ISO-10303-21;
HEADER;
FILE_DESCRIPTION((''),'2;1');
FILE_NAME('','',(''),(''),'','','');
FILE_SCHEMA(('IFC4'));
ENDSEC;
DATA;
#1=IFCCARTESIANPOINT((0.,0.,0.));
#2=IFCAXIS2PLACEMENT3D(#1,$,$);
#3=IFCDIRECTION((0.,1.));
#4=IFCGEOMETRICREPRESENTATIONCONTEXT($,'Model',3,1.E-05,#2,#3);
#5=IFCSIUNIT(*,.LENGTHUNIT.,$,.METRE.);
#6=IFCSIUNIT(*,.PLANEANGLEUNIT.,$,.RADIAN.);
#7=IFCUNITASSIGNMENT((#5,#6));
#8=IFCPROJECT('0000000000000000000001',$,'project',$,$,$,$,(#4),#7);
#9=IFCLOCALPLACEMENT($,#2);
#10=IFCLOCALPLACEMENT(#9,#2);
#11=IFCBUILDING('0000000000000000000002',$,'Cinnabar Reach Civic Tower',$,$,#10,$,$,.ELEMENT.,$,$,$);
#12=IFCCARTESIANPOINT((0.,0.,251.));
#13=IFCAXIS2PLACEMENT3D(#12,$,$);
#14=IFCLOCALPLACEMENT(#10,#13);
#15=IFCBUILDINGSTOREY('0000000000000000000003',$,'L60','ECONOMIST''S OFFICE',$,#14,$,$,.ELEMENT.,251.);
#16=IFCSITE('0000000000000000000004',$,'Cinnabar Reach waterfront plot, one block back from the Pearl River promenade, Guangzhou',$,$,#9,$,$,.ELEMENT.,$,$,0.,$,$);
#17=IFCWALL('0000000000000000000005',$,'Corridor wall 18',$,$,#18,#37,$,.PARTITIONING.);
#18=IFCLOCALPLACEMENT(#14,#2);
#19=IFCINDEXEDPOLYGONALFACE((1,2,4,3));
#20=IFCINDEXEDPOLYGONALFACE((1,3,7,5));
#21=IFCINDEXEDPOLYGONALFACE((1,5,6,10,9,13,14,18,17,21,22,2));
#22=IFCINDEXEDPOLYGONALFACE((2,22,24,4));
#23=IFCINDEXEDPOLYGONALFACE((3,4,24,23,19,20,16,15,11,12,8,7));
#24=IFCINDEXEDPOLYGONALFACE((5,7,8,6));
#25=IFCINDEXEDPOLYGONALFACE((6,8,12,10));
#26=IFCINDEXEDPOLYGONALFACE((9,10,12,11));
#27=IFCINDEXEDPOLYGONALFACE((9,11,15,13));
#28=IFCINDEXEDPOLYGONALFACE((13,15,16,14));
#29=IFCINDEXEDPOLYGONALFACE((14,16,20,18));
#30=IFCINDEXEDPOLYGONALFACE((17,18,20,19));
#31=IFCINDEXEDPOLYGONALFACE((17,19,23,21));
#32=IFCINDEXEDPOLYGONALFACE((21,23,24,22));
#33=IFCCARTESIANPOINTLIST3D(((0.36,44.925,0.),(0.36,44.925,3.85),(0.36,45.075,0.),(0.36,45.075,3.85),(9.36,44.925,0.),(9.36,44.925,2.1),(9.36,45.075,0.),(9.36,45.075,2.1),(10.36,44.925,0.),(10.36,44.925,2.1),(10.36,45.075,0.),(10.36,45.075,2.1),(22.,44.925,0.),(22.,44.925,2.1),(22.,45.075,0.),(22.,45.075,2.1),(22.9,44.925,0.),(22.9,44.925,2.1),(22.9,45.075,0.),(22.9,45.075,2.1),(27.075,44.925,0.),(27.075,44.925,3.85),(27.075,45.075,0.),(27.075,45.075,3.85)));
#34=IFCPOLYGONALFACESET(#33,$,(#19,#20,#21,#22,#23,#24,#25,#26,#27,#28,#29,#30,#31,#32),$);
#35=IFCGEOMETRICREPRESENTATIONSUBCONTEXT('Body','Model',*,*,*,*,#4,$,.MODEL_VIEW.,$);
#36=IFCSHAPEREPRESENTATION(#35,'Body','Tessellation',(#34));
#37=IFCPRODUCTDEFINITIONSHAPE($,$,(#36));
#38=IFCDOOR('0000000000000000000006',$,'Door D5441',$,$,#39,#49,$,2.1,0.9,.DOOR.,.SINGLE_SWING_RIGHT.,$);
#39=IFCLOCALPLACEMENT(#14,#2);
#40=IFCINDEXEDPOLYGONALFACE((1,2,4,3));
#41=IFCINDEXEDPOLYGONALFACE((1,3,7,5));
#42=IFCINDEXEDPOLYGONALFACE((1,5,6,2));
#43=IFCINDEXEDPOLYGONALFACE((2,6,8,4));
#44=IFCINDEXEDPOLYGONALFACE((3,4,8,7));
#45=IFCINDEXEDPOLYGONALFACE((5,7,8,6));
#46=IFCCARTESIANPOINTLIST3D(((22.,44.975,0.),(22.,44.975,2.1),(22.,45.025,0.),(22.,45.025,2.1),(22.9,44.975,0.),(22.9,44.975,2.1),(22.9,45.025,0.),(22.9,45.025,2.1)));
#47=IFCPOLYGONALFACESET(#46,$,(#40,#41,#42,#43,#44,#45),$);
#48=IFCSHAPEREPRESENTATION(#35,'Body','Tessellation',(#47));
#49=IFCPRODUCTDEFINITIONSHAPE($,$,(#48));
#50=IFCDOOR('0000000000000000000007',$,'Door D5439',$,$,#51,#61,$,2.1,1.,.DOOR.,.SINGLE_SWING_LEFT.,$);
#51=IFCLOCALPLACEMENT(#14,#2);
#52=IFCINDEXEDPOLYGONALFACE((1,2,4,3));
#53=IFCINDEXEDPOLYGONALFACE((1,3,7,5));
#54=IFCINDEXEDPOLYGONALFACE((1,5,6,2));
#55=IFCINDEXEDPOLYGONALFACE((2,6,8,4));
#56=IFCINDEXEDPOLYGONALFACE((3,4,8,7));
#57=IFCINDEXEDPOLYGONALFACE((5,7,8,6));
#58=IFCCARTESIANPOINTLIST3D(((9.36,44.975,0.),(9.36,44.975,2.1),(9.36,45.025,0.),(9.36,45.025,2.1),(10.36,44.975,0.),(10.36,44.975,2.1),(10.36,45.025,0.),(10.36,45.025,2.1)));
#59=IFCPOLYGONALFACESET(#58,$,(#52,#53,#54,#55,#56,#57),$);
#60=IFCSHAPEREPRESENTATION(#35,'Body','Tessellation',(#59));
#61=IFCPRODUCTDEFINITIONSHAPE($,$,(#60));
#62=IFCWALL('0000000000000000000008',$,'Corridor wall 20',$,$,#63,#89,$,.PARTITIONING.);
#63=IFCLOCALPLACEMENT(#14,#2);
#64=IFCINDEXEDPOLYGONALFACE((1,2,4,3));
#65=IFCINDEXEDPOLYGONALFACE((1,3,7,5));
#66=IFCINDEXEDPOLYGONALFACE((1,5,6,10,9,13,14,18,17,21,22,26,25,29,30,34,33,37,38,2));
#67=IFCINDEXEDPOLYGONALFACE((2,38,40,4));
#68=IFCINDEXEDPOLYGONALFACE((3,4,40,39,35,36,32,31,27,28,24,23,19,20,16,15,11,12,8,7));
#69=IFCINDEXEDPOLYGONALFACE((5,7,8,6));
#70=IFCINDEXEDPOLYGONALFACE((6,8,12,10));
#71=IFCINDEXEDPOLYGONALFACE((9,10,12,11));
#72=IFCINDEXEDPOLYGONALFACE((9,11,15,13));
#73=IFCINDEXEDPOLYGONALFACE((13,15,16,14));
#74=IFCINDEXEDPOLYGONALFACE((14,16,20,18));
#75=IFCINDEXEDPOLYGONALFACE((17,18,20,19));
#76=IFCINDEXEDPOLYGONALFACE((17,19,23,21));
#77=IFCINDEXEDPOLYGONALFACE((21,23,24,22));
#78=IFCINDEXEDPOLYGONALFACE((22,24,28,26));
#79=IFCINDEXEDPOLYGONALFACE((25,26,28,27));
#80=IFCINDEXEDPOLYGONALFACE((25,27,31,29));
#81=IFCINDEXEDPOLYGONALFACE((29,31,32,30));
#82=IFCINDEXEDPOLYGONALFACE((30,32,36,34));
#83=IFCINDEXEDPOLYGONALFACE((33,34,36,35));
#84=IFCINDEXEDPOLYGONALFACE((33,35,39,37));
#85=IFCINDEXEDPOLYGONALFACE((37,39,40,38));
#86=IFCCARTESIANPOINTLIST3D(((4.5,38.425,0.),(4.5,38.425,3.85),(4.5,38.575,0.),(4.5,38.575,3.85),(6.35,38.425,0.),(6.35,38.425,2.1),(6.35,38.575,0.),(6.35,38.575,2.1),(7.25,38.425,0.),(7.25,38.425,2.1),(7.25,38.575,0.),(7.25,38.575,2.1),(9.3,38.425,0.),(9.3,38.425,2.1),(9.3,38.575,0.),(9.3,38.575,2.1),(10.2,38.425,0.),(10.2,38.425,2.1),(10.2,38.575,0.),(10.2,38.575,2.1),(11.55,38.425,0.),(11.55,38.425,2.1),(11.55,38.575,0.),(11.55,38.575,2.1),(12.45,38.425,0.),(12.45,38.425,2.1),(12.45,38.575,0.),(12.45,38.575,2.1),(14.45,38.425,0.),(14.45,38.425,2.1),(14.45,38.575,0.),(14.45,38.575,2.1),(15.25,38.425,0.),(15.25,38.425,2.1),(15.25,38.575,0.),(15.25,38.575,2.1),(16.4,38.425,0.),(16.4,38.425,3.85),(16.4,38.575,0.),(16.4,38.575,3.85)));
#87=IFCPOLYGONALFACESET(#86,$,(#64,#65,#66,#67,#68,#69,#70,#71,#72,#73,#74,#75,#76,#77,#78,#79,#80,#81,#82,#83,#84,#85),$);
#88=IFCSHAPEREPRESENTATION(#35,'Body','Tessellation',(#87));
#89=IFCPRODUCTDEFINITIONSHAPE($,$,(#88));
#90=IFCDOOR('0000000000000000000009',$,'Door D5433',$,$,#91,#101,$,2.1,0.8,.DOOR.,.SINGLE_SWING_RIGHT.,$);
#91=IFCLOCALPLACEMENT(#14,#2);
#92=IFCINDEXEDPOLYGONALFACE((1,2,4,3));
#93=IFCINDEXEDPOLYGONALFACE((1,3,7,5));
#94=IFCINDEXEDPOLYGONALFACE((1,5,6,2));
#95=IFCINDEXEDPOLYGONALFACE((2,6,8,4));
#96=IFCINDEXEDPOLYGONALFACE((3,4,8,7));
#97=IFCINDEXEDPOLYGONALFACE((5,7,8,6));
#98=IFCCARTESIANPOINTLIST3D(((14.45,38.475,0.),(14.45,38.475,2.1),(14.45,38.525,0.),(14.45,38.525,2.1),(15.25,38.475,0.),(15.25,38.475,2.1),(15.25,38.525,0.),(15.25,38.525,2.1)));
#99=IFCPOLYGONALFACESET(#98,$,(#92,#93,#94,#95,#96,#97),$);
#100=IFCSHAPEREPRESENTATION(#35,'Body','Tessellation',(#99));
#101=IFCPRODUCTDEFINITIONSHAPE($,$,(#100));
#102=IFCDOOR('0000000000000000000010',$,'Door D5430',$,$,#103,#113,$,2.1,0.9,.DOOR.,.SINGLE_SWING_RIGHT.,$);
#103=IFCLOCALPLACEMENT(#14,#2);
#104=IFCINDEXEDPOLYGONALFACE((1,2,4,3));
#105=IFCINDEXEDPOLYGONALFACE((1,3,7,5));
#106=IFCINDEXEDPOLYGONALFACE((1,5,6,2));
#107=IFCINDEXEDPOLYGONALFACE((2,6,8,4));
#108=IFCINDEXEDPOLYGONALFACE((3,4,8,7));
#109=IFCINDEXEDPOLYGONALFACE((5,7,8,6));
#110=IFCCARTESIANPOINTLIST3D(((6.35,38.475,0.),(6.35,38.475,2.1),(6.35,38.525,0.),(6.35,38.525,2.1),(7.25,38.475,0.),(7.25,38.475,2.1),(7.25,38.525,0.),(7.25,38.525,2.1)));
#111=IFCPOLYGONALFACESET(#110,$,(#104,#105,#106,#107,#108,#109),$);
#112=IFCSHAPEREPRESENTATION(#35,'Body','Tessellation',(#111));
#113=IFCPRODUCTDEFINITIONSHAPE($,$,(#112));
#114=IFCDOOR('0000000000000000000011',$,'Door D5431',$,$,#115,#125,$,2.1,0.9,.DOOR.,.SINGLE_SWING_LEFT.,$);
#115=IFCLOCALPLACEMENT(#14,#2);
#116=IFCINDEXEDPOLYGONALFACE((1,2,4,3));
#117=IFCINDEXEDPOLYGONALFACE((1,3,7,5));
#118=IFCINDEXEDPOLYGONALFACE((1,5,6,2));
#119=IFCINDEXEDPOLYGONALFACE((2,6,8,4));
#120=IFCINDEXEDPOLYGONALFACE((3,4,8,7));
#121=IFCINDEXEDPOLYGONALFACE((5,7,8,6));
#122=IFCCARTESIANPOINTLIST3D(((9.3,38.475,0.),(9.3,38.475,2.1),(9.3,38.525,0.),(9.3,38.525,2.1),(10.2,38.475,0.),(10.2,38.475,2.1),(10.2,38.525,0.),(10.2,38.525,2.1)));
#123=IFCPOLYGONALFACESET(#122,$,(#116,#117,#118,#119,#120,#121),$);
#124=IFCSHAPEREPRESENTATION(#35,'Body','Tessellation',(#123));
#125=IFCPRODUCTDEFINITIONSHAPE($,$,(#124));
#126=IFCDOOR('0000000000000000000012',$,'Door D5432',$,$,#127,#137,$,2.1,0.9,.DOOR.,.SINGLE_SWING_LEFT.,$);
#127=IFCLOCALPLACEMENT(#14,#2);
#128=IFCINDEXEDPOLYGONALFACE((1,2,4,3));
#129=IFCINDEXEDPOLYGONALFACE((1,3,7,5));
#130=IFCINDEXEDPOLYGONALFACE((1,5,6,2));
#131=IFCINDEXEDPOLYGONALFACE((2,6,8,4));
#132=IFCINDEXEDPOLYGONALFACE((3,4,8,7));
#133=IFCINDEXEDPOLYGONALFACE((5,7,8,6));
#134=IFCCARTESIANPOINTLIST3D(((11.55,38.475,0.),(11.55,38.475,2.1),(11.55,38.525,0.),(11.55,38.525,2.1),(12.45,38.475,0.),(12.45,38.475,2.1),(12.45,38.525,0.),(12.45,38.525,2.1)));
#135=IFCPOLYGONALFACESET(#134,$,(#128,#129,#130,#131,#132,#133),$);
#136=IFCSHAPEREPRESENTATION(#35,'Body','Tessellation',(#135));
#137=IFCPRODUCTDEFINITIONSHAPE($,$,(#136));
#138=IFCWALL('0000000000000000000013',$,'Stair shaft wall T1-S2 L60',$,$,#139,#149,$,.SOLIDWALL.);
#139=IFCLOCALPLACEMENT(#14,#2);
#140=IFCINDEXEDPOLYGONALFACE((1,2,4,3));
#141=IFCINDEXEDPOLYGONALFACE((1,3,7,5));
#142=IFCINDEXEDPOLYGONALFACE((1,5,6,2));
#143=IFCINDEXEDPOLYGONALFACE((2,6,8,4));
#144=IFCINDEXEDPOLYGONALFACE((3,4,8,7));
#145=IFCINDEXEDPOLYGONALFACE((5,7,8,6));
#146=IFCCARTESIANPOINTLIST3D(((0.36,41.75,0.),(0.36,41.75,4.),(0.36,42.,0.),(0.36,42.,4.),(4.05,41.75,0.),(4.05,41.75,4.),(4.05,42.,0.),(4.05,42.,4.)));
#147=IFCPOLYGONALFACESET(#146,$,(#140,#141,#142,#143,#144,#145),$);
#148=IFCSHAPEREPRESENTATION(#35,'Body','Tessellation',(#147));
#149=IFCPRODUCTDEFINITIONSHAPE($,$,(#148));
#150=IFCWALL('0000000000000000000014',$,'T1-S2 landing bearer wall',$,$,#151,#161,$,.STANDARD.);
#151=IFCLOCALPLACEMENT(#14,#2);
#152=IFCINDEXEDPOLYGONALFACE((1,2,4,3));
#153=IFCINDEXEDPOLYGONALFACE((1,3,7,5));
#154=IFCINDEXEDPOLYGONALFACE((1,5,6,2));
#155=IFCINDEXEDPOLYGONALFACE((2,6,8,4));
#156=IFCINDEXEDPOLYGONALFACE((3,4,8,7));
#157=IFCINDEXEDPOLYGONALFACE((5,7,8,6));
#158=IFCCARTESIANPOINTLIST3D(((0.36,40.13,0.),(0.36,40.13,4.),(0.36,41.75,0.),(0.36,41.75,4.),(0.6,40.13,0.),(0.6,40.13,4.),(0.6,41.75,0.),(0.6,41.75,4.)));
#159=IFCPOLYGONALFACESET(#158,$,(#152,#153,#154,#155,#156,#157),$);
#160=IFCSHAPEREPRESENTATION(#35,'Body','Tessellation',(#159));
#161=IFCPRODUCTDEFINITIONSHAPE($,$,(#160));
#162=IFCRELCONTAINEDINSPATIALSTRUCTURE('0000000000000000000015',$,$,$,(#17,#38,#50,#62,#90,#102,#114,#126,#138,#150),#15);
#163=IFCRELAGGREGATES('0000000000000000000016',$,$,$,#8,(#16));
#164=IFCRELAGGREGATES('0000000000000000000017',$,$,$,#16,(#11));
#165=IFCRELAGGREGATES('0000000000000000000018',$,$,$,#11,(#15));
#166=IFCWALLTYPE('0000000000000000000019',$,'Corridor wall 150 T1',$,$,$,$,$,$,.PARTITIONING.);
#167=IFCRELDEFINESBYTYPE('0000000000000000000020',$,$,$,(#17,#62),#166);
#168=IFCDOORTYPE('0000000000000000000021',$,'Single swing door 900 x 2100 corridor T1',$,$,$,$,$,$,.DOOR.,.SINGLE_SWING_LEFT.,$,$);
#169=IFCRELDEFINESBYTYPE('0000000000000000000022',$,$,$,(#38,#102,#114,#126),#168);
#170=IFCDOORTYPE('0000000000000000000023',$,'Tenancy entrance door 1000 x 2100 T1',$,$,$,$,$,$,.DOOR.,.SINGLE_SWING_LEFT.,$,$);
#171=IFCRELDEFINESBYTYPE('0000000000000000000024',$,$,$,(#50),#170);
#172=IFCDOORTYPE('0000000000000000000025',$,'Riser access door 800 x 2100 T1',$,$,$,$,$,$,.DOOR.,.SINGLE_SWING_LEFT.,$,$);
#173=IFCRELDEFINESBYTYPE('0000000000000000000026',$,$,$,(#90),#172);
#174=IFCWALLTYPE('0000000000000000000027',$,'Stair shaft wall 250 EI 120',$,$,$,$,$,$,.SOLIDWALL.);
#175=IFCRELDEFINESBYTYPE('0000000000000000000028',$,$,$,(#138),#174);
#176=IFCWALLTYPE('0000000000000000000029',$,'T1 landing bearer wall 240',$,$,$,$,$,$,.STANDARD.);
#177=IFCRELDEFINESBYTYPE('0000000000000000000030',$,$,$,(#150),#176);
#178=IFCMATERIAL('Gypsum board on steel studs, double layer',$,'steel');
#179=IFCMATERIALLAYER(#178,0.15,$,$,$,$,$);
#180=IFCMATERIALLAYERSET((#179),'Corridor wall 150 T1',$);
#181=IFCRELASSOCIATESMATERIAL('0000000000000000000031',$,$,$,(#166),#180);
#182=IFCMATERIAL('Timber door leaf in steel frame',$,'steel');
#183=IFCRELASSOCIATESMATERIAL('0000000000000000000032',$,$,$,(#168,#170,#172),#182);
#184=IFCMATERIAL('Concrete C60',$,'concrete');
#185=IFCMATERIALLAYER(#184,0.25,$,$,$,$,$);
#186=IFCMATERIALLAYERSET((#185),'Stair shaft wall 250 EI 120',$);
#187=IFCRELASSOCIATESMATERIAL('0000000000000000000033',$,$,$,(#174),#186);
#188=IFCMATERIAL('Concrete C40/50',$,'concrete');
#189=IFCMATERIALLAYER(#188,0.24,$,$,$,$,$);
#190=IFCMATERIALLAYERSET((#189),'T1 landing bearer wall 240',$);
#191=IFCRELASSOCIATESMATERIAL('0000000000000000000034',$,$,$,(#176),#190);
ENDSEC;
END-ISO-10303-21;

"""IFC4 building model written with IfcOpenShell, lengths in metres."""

from ifc_helpers import new_model, si_unit, direction, frame, frame_2d, origin, place, context, subcontext, project, spatial, rectangle, extrude, material, layer, layer_set, type_object, element, fill, save


model = new_model("IFC4")

# Units and contexts
model_context = context("Model", 3, precision=1e-05, world=origin(), true_north=direction((0.0, 1.0)))
body_context = subcontext(model_context, "Body", "Model", "MODEL_VIEW")
ifc_project = project(units=[si_unit("LENGTHUNIT", "METRE"), si_unit("PLANEANGLEUNIT", "RADIAN")], contexts=[model_context])

# Site, building, storey
site_placement = place(None, origin())
site = spatial("IfcSite", under=ifc_project, at=site_placement, Name="Cinnabar Reach waterfront plot, one block back from the Pearl River promenade, Guangzhou", CompositionType="ELEMENT", RefElevation=0.0)
building_placement = place(site_placement, origin())
building = spatial("IfcBuilding", under=site, at=building_placement, Name="Cinnabar Reach Civic Tower", CompositionType="ELEMENT")
storey_placement = place(building_placement, frame((0.0, 0.0, 251.0)))
storey = spatial("IfcBuildingStorey", under=building, at=storey_placement, Name="L60", Description="ECONOMIST'S OFFICE", CompositionType="ELEMENT", Elevation=251.0)

# Shared definitions
ifc_material_1 = material(Name="Concrete C60", Category="concrete")
ifc_material_2 = material(Name="Timber door leaf in steel frame", Category="steel")

# Walls, openings, doors
ifc_material_3 = material(Name="Gypsum board on steel studs, double layer", Category="steel")
ifc_layer_1 = layer(ifc_material_3, 0.15)
ifc_layer_set_1 = layer_set([ifc_layer_1], Name="Corridor wall 150 T1")
wall_type_1 = type_object("IfcWallType", Name="Corridor wall 150 T1", PredefinedType="PARTITIONING", material=ifc_layer_set_1)
wall_1_placement = place(storey_placement, frame((0.36, 45.0, 0.0), z_axis=(0.0, 0.0, 1.0), x_axis=(1.0, 0.0, 0.0)))
wall_1 = element("IfcWall", 1, at=wall_1_placement, inside=storey, type_object=wall_type_1, Name="Corridor wall 18", PredefinedType="PARTITIONING", context=body_context, shape_type="SweptSolid", body=[
    extrude(rectangle(XDim=26.715, YDim=0.15, at=frame_2d((13.3575, 0.0))), origin(), (0.0, 0.0, 1.0), 3.85),
])
opening_1_placement = place(wall_1_placement, frame((9.0, 0.0, 0.0)))
opening_1 = element("IfcOpeningElement", 2, at=opening_1_placement, cuts=wall_1, PredefinedType="OPENING", context=body_context, shape_type="SweptSolid", body=[
    extrude(rectangle(XDim=1.0, YDim=2.1, at=frame_2d((0.5, 1.05))), frame((0.0, 0.085, 0.0), z_axis=(0.0, -1.0, 0.0), x_axis=(1.0, 0.0, 0.0)), (0.0, 0.0, 1.0), 0.17),
])
opening_2_placement = place(wall_1_placement, frame((21.64, 0.0, 0.0)))
opening_2 = element("IfcOpeningElement", 3, at=opening_2_placement, cuts=wall_1, PredefinedType="OPENING", context=body_context, shape_type="SweptSolid", body=[
    extrude(rectangle(XDim=0.9, YDim=2.1, at=frame_2d((0.45, 1.05))), frame((0.0, 0.085, 0.0), z_axis=(0.0, -1.0, 0.0), x_axis=(1.0, 0.0, 0.0)), (0.0, 0.0, 1.0), 0.17),
])
door_type_1 = type_object("IfcDoorType", Name="Single swing door 900 x 2100 corridor T1", OperationType="SINGLE_SWING_LEFT", PredefinedType="DOOR", material=ifc_material_2)
door_1_placement = place(opening_2_placement, origin())
door_1 = element("IfcDoor", 4, at=door_1_placement, inside=storey, type_object=door_type_1, Name="Door D5441", OperationType="SINGLE_SWING_RIGHT", OverallHeight=2.1, OverallWidth=0.9, PredefinedType="DOOR", context=body_context, shape_type="SweptSolid", body=[
    extrude(rectangle(XDim=0.9, YDim=2.1, at=frame_2d((0.45, 1.05))), frame((0.0, 0.025, 0.0), z_axis=(0.0, -1.0, 0.0), x_axis=(1.0, 0.0, 0.0)), (0.0, 0.0, 1.0), 0.05),
])
fill(opening_2, door_1)
door_type_2 = type_object("IfcDoorType", Name="Tenancy entrance door 1000 x 2100 T1", OperationType="SINGLE_SWING_LEFT", PredefinedType="DOOR", material=ifc_material_2)
door_2_placement = place(opening_1_placement, origin())
door_2 = element("IfcDoor", 5, at=door_2_placement, inside=storey, type_object=door_type_2, Name="Door D5439", OperationType="SINGLE_SWING_LEFT", OverallHeight=2.1, OverallWidth=1.0, PredefinedType="DOOR", context=body_context, shape_type="SweptSolid", body=[
    extrude(rectangle(XDim=1.0, YDim=2.1, at=frame_2d((0.5, 1.05))), frame((0.0, 0.025, 0.0), z_axis=(0.0, -1.0, 0.0), x_axis=(1.0, 0.0, 0.0)), (0.0, 0.0, 1.0), 0.05),
])
fill(opening_1, door_2)
wall_2_placement = place(storey_placement, frame((4.5, 38.5, 0.0), z_axis=(0.0, 0.0, 1.0), x_axis=(1.0, 0.0, 0.0)))
wall_2 = element("IfcWall", 6, at=wall_2_placement, inside=storey, type_object=wall_type_1, Name="Corridor wall 20", PredefinedType="PARTITIONING", context=body_context, shape_type="SweptSolid", body=[
    extrude(rectangle(XDim=11.9, YDim=0.15, at=frame_2d((5.95, 0.0))), origin(), (0.0, 0.0, 1.0), 3.85),
])
opening_3_placement = place(wall_2_placement, frame((1.85, 0.0, 0.0)))
opening_3 = element("IfcOpeningElement", 7, at=opening_3_placement, cuts=wall_2, PredefinedType="OPENING", context=body_context, shape_type="SweptSolid", body=[
    extrude(rectangle(XDim=0.9, YDim=2.1, at=frame_2d((0.45, 1.05))), frame((0.0, 0.085, 0.0), z_axis=(0.0, -1.0, 0.0), x_axis=(1.0, 0.0, 0.0)), (0.0, 0.0, 1.0), 0.17),
])
opening_4_placement = place(wall_2_placement, frame((4.8, 0.0, 0.0)))
opening_4 = element("IfcOpeningElement", 8, at=opening_4_placement, cuts=wall_2, PredefinedType="OPENING", context=body_context, shape_type="SweptSolid", body=[
    extrude(rectangle(XDim=0.9, YDim=2.1, at=frame_2d((0.45, 1.05))), frame((0.0, 0.085, 0.0), z_axis=(0.0, -1.0, 0.0), x_axis=(1.0, 0.0, 0.0)), (0.0, 0.0, 1.0), 0.17),
])
opening_5_placement = place(wall_2_placement, frame((7.05, 0.0, 0.0)))
opening_5 = element("IfcOpeningElement", 9, at=opening_5_placement, cuts=wall_2, PredefinedType="OPENING", context=body_context, shape_type="SweptSolid", body=[
    extrude(rectangle(XDim=0.9, YDim=2.1, at=frame_2d((0.45, 1.05))), frame((0.0, 0.085, 0.0), z_axis=(0.0, -1.0, 0.0), x_axis=(1.0, 0.0, 0.0)), (0.0, 0.0, 1.0), 0.17),
])
opening_6_placement = place(wall_2_placement, frame((9.95, 0.0, 0.0)))
opening_6 = element("IfcOpeningElement", 10, at=opening_6_placement, cuts=wall_2, PredefinedType="OPENING", context=body_context, shape_type="SweptSolid", body=[
    extrude(rectangle(XDim=0.8, YDim=2.1, at=frame_2d((0.4, 1.05))), frame((0.0, 0.085, 0.0), z_axis=(0.0, -1.0, 0.0), x_axis=(1.0, 0.0, 0.0)), (0.0, 0.0, 1.0), 0.17),
])
door_type_3 = type_object("IfcDoorType", Name="Riser access door 800 x 2100 T1", OperationType="SINGLE_SWING_LEFT", PredefinedType="DOOR", material=ifc_material_2)
door_3_placement = place(opening_6_placement, origin())
door_3 = element("IfcDoor", 11, at=door_3_placement, inside=storey, type_object=door_type_3, Name="Door D5433", OperationType="SINGLE_SWING_RIGHT", OverallHeight=2.1, OverallWidth=0.8, PredefinedType="DOOR", context=body_context, shape_type="SweptSolid", body=[
    extrude(rectangle(XDim=0.8, YDim=2.1, at=frame_2d((0.4, 1.05))), frame((0.0, 0.025, 0.0), z_axis=(0.0, -1.0, 0.0), x_axis=(1.0, 0.0, 0.0)), (0.0, 0.0, 1.0), 0.05),
])
fill(opening_6, door_3)
door_4_placement = place(opening_3_placement, origin())
door_4 = element("IfcDoor", 12, at=door_4_placement, inside=storey, type_object=door_type_1, Name="Door D5430", OperationType="SINGLE_SWING_RIGHT", OverallHeight=2.1, OverallWidth=0.9, PredefinedType="DOOR", context=body_context, shape_type="SweptSolid", body=[
    extrude(rectangle(XDim=0.9, YDim=2.1, at=frame_2d((0.45, 1.05))), frame((0.0, 0.025, 0.0), z_axis=(0.0, -1.0, 0.0), x_axis=(1.0, 0.0, 0.0)), (0.0, 0.0, 1.0), 0.05),
])
fill(opening_3, door_4)
door_5_placement = place(opening_4_placement, origin())
door_5 = element("IfcDoor", 13, at=door_5_placement, inside=storey, type_object=door_type_1, Name="Door D5431", OperationType="SINGLE_SWING_LEFT", OverallHeight=2.1, OverallWidth=0.9, PredefinedType="DOOR", context=body_context, shape_type="SweptSolid", body=[
    extrude(rectangle(XDim=0.9, YDim=2.1, at=frame_2d((0.45, 1.05))), frame((0.0, 0.025, 0.0), z_axis=(0.0, -1.0, 0.0), x_axis=(1.0, 0.0, 0.0)), (0.0, 0.0, 1.0), 0.05),
])
fill(opening_4, door_5)
door_6_placement = place(opening_5_placement, origin())
door_6 = element("IfcDoor", 14, at=door_6_placement, inside=storey, type_object=door_type_1, Name="Door D5432", OperationType="SINGLE_SWING_LEFT", OverallHeight=2.1, OverallWidth=0.9, PredefinedType="DOOR", context=body_context, shape_type="SweptSolid", body=[
    extrude(rectangle(XDim=0.9, YDim=2.1, at=frame_2d((0.45, 1.05))), frame((0.0, 0.025, 0.0), z_axis=(0.0, -1.0, 0.0), x_axis=(1.0, 0.0, 0.0)), (0.0, 0.0, 1.0), 0.05),
])
fill(opening_5, door_6)

# Walls
ifc_layer_2 = layer(ifc_material_1, 0.25)
ifc_layer_set_2 = layer_set([ifc_layer_2], Name="Stair shaft wall 250 EI 120")
wall_type_2 = type_object("IfcWallType", Name="Stair shaft wall 250 EI 120", PredefinedType="SOLIDWALL", material=ifc_layer_set_2)
wall_3_placement = place(storey_placement, frame((4.05, 41.875, 0.0), z_axis=(0.0, 0.0, 1.0), x_axis=(-1.0, 0.0, 0.0)))
element("IfcWall", 15, at=wall_3_placement, inside=storey, type_object=wall_type_2, Name="Stair shaft wall T1-S2 L60", PredefinedType="SOLIDWALL", context=body_context, shape_type="SweptSolid", body=[
    extrude(rectangle(XDim=3.69, YDim=0.25, at=frame_2d((1.845, 0.0))), origin(), (0.0, 0.0, 1.0), 4.0),
])
ifc_material_4 = material(Name="Concrete C40/50", Category="concrete")
ifc_layer_3 = layer(ifc_material_4, 0.24)
ifc_layer_set_3 = layer_set([ifc_layer_3], Name="T1 landing bearer wall 240")
wall_type_3 = type_object("IfcWallType", Name="T1 landing bearer wall 240", PredefinedType="STANDARD", material=ifc_layer_set_3)
wall_4_placement = place(storey_placement, frame((0.48, 40.13, 0.0), z_axis=(0.0, 0.0, 1.0), x_axis=(0.0, 1.0, 0.0)))
element("IfcWall", 16, at=wall_4_placement, inside=storey, type_object=wall_type_3, Name="T1-S2 landing bearer wall", PredefinedType="STANDARD", context=body_context, shape_type="SweptSolid", body=[
    extrude(rectangle(XDim=1.62, YDim=0.24, at=frame_2d((0.81, 0.0))), origin(), (0.0, 0.0, 1.0), 4.0),
])

save(model, "model.ifc")
